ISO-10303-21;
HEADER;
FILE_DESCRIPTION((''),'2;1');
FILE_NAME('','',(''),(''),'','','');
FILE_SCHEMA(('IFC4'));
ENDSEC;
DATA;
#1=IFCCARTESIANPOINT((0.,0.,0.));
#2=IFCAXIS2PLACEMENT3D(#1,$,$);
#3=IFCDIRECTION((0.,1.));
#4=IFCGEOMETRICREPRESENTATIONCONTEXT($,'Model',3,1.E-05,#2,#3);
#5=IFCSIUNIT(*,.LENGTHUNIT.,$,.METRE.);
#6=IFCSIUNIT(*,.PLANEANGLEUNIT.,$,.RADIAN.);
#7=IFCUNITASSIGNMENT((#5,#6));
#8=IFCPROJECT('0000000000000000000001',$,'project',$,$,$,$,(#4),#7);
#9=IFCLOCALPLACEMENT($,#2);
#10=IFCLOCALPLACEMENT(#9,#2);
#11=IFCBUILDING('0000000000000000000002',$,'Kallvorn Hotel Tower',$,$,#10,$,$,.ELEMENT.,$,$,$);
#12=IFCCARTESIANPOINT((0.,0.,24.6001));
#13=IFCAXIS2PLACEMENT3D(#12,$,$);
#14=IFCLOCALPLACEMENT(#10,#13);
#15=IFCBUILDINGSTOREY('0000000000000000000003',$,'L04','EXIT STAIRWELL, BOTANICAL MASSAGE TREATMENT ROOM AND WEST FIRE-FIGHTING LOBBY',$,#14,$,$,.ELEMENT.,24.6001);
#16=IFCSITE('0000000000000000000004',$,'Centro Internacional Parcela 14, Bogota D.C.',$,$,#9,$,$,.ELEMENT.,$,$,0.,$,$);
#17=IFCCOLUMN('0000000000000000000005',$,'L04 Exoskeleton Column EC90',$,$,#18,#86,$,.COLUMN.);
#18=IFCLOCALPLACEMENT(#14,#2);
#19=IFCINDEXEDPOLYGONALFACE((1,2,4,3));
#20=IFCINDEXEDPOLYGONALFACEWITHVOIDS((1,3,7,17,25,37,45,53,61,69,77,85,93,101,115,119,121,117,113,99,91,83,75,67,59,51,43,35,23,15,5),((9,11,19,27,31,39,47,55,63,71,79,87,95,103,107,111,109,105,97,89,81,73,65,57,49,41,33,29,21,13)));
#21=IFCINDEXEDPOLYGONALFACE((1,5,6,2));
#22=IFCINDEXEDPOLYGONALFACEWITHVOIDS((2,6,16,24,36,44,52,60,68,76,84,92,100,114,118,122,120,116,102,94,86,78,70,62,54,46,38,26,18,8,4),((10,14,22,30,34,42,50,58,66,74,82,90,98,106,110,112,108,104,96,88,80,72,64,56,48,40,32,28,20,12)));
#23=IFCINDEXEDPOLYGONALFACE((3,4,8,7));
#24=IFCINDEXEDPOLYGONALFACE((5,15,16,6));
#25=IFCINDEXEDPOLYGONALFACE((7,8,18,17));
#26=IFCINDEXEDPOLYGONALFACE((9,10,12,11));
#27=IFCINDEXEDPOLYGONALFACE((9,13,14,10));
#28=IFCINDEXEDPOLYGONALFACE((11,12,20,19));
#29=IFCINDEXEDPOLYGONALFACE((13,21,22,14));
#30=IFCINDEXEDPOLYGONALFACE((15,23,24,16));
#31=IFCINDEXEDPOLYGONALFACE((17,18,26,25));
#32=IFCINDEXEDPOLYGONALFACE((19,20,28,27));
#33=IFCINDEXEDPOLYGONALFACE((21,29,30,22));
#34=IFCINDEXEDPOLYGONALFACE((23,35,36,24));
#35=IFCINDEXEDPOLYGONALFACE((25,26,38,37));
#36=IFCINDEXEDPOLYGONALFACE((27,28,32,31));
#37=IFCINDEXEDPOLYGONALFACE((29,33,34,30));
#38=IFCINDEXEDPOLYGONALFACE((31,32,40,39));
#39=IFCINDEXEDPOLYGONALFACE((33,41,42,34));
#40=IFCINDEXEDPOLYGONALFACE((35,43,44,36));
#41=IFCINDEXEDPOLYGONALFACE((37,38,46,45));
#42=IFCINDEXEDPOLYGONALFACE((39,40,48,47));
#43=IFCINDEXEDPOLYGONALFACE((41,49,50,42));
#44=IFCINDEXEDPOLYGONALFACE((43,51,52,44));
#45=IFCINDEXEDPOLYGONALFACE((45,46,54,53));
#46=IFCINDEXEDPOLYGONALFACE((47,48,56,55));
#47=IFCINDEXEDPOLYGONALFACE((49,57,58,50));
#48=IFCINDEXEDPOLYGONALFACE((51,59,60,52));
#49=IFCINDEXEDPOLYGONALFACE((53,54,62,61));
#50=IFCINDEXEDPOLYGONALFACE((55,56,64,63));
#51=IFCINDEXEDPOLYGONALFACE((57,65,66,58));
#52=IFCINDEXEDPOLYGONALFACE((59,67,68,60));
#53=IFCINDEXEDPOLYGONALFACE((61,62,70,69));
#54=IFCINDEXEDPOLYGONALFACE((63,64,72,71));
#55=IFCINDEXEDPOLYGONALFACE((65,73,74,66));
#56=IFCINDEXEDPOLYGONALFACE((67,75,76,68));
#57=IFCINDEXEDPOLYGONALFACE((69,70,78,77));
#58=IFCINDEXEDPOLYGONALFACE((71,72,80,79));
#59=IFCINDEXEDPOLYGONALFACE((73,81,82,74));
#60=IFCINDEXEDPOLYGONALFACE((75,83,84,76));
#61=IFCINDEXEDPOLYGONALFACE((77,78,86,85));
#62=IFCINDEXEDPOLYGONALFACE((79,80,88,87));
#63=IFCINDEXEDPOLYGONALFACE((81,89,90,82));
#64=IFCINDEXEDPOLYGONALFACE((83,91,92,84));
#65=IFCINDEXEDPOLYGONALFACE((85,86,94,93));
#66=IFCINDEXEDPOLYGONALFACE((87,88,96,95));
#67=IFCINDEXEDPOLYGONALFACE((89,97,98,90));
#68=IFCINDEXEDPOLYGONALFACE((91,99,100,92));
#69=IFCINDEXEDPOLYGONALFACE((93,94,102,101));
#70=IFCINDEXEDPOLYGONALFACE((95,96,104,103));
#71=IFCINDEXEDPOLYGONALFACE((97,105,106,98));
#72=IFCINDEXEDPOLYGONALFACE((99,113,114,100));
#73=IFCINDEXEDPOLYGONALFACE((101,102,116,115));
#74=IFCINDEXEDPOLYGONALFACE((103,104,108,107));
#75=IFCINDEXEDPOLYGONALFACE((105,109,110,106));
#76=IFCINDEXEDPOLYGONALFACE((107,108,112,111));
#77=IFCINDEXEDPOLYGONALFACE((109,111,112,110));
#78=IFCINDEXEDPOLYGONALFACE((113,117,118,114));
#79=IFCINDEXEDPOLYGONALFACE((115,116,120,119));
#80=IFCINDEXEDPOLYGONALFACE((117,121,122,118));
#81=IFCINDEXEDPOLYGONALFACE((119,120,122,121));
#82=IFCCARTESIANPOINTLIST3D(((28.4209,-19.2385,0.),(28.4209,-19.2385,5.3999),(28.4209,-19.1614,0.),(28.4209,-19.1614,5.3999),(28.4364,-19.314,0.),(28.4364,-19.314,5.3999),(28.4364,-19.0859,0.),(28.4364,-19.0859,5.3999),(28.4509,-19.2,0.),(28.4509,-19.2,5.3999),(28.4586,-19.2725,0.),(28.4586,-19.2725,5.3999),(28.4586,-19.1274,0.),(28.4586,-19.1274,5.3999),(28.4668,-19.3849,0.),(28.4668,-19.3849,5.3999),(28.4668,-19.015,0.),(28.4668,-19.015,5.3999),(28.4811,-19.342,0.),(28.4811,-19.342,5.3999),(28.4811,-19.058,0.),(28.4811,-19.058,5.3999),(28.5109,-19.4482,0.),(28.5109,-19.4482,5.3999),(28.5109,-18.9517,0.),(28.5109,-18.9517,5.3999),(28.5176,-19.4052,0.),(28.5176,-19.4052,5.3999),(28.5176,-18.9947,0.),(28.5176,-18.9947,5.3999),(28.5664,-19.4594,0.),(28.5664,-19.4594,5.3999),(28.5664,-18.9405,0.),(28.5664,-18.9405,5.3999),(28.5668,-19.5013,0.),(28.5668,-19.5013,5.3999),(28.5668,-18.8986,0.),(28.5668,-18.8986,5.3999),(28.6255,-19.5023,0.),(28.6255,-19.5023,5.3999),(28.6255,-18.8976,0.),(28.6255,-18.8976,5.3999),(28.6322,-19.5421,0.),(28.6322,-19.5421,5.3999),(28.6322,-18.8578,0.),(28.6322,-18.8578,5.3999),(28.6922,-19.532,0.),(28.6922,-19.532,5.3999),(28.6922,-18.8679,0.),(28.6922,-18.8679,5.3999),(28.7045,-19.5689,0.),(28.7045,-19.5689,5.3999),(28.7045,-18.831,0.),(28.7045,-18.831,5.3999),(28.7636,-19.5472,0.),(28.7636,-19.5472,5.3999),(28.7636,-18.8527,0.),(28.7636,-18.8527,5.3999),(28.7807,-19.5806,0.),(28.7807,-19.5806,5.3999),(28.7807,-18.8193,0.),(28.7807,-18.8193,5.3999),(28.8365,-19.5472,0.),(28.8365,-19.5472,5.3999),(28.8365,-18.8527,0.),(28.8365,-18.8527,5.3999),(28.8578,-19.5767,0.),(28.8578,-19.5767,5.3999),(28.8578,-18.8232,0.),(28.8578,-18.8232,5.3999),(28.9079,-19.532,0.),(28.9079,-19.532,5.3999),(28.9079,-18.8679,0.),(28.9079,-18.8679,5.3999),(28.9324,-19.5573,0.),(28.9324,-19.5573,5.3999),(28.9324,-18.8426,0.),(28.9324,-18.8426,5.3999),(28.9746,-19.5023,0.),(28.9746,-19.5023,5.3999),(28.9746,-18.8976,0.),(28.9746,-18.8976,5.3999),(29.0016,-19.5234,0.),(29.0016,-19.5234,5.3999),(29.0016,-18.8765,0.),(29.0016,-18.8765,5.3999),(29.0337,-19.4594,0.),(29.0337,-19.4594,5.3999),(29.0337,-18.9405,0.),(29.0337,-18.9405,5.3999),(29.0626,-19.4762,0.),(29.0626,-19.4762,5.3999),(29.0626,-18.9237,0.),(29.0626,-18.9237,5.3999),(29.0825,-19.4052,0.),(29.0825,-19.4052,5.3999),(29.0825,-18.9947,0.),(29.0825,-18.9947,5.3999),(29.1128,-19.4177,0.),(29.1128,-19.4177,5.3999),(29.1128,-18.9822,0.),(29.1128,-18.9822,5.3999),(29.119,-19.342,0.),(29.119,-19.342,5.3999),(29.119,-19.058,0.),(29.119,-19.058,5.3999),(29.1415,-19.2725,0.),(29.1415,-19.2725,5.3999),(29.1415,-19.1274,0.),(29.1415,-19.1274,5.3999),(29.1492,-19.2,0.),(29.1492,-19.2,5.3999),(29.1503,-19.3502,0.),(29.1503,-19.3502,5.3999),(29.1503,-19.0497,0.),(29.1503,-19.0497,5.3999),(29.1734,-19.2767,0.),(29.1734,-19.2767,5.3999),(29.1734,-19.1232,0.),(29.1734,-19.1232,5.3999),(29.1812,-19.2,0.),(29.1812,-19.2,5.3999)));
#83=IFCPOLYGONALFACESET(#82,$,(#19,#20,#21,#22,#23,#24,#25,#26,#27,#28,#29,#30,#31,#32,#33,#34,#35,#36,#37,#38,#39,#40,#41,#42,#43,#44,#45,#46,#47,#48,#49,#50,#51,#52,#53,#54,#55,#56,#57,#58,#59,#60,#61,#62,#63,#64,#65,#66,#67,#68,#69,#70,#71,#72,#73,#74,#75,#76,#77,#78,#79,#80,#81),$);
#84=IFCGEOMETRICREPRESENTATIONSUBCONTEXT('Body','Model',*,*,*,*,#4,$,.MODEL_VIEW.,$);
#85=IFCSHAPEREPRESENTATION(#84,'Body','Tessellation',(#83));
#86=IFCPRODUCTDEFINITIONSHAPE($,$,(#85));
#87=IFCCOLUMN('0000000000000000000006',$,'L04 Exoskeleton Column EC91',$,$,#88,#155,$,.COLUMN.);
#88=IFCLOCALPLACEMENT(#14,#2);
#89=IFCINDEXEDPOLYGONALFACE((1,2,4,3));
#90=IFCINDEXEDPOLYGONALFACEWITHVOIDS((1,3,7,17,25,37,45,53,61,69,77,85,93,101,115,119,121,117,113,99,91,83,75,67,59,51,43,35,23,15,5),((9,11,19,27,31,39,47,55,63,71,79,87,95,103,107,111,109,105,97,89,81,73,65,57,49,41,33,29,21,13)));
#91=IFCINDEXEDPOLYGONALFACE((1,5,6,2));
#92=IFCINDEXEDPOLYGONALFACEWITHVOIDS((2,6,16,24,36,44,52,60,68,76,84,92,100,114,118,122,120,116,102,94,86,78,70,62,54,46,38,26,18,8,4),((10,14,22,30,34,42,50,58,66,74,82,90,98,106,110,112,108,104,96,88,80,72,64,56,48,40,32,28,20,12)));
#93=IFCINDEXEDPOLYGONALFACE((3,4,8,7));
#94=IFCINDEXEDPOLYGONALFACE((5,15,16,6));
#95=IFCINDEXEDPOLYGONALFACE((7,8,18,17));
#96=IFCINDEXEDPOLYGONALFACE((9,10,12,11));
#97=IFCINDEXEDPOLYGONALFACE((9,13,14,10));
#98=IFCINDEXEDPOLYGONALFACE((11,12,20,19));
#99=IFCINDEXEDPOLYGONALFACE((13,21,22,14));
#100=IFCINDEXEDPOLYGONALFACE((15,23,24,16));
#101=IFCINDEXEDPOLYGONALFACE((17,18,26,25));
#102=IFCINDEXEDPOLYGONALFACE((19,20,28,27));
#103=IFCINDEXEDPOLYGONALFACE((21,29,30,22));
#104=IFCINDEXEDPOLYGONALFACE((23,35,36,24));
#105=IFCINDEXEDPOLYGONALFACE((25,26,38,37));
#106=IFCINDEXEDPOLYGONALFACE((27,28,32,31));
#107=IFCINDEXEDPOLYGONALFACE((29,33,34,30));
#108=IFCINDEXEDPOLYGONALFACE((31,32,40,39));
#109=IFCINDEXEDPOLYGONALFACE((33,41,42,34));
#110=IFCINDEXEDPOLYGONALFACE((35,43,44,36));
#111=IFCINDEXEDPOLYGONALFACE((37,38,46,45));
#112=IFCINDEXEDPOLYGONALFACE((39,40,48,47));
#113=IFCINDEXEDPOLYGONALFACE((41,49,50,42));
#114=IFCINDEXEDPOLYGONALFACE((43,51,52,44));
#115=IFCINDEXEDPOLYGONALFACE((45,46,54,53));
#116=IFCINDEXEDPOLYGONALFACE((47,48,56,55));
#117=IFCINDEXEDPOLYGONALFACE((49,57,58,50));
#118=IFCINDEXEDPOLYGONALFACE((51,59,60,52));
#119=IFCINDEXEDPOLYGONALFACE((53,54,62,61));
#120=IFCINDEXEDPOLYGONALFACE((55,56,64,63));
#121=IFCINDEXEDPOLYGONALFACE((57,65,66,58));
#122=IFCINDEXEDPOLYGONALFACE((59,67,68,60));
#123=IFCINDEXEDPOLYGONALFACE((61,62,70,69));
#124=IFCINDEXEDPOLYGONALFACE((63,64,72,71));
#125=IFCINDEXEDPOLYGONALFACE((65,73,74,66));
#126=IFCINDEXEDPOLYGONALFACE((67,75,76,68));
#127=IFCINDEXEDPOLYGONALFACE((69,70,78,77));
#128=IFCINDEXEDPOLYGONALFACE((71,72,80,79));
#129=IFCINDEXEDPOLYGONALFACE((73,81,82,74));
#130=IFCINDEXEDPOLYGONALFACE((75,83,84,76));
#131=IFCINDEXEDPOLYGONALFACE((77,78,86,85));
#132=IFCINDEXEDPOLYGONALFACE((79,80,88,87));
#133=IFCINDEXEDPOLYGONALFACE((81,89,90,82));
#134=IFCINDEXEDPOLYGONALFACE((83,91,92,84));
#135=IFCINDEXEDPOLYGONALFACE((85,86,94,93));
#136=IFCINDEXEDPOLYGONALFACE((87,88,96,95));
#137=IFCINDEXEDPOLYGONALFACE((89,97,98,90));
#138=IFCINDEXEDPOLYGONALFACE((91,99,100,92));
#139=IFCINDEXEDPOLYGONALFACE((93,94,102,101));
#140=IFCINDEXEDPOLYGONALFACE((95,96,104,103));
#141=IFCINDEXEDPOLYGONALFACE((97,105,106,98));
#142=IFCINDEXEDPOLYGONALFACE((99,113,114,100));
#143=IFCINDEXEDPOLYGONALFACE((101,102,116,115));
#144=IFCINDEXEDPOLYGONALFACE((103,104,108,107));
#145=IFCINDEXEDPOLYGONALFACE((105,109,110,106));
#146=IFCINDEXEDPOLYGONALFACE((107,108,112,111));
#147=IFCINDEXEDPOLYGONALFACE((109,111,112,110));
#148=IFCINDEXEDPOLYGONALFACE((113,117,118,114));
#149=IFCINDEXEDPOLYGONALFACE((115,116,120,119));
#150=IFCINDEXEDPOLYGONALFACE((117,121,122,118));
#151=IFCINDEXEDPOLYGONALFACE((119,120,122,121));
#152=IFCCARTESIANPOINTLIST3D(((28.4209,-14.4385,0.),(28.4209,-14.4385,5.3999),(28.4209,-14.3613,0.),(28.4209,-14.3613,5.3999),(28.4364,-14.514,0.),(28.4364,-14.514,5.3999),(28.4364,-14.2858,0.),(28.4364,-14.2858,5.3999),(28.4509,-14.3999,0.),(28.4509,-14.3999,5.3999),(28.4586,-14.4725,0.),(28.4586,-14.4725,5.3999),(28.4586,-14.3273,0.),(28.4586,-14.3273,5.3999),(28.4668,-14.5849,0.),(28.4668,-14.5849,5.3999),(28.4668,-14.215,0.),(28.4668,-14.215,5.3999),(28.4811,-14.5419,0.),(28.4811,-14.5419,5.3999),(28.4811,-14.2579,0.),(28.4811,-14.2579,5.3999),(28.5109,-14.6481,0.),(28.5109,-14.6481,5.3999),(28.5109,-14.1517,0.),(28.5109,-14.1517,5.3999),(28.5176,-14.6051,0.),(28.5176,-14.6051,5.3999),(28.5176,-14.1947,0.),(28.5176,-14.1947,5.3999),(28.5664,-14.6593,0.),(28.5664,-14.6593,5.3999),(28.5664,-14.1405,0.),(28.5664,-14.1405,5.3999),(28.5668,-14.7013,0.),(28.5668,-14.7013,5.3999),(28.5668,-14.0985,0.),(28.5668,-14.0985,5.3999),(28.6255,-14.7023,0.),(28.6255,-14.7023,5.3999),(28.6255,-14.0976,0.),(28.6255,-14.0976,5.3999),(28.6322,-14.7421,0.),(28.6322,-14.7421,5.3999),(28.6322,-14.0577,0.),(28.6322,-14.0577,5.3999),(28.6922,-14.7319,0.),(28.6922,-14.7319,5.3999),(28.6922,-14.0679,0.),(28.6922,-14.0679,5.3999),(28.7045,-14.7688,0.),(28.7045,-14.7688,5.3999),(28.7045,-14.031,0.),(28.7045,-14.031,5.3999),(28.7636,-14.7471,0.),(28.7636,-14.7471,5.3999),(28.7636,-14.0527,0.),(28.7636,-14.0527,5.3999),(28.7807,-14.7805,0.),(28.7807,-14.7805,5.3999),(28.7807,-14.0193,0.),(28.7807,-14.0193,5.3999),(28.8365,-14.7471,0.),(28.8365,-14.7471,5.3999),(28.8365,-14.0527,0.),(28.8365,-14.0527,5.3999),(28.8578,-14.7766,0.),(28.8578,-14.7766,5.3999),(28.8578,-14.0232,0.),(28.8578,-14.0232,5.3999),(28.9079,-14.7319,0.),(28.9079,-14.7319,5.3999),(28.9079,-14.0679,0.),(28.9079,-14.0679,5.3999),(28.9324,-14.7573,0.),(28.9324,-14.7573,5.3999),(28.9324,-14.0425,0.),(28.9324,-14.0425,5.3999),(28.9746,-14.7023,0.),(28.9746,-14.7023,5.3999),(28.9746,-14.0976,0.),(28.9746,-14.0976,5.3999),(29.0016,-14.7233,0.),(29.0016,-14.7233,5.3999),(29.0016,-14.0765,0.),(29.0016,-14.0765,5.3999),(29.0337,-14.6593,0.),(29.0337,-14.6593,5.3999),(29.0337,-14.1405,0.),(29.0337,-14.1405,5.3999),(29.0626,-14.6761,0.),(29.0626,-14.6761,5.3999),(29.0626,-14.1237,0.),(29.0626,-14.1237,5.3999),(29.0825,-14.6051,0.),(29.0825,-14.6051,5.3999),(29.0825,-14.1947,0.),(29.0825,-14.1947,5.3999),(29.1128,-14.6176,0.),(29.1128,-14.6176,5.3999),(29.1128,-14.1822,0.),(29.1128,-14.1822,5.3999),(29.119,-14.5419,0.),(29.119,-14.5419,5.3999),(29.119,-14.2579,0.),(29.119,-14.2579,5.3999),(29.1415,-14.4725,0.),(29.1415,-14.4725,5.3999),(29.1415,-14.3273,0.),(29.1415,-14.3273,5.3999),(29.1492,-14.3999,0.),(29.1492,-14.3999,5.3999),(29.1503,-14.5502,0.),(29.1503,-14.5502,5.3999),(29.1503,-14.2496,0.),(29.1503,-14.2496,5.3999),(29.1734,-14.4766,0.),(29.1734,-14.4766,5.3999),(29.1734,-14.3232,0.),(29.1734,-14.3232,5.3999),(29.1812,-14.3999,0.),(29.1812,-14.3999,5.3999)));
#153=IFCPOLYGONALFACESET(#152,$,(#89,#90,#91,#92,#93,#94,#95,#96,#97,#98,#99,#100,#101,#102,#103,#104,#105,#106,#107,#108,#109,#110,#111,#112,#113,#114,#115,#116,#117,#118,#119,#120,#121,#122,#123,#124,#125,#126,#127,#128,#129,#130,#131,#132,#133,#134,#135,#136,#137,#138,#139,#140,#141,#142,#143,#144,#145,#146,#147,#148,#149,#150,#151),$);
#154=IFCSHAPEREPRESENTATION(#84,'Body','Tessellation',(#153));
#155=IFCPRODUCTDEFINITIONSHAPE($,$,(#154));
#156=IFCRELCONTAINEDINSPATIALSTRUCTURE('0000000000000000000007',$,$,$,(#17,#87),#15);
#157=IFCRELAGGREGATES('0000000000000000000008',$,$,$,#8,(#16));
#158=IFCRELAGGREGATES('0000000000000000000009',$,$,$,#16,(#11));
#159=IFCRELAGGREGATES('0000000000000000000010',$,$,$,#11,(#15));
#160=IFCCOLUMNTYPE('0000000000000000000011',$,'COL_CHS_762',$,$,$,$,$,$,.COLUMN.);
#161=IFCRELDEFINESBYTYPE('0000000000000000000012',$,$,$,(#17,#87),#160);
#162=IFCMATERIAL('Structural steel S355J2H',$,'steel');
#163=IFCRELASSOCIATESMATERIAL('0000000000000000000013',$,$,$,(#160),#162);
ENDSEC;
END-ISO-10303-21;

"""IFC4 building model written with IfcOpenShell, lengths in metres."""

from ifc_helpers import new_model, si_unit, direction, frame, origin, origin_2d, place, context, subcontext, project, spatial, hollow_circle, extrude, material, material_profile, profile_set, type_object, element, save


model = new_model("IFC4")

# Units and contexts
model_context = context("Model", 3, precision=1e-05, world=origin(), true_north=direction((0.0, 1.0)))
body_context = subcontext(model_context, "Body", "Model", "MODEL_VIEW")
ifc_project = project(units=[si_unit("LENGTHUNIT", "METRE"), si_unit("PLANEANGLEUNIT", "RADIAN")], contexts=[model_context])

# Site, building, storey
site_placement = place(None, origin())
site = spatial("IfcSite", under=ifc_project, at=site_placement, Name="Centro Internacional Parcela 14, Bogota D.C.", CompositionType="ELEMENT", RefElevation=0.0)
building_placement = place(site_placement, origin())
building = spatial("IfcBuilding", under=site, at=building_placement, Name="Kallvorn Hotel Tower", CompositionType="ELEMENT")
storey_placement = place(building_placement, frame((0.0, 0.0, 24.6001)))
storey = spatial("IfcBuildingStorey", under=building, at=storey_placement, Name="L04", Description="EXIT STAIRWELL, BOTANICAL MASSAGE TREATMENT ROOM AND WEST FIRE-FIGHTING LOBBY", CompositionType="ELEMENT", Elevation=24.6001)

# Columns
ifc_material_1 = material(Name="Structural steel S355J2H", Category="steel")
ifc_material_profile_1 = material_profile(ifc_material_1, hollow_circle(Radius=0.3811, WallThickness=0.032, at=origin_2d()), Name="CHS 762x32")
ifc_profile_set_1 = profile_set([ifc_material_profile_1], Name="Structural steel S355J2H")
column_type_1 = type_object("IfcColumnType", Name="COL_CHS_762", PredefinedType="COLUMN", material=ifc_profile_set_1)
for number, where, z_axis, x_axis, name in (
    (1, (28.8, -19.2, 0.0), (0.0, 0.0, 1.0), (1.0, 0.0, 0.0), "L04 Exoskeleton Column EC90"),
    (2, (28.8, -14.3999, 0.0), (0.0, 0.0, 1.0), (1.0, 0.0, 0.0), "L04 Exoskeleton Column EC91"),
):
    element("IfcColumn", number, at=place(storey_placement, frame(where, z_axis=z_axis, x_axis=x_axis)), inside=storey, type_object=column_type_1, Name=name, PredefinedType="COLUMN", context=body_context, shape_type="SweptSolid", body=[
        extrude(hollow_circle(Radius=0.3811, WallThickness=0.032, at=origin_2d()), origin(), (0.0, 0.0, 1.0), 5.3999),
    ])

save(model, "model.ifc")
